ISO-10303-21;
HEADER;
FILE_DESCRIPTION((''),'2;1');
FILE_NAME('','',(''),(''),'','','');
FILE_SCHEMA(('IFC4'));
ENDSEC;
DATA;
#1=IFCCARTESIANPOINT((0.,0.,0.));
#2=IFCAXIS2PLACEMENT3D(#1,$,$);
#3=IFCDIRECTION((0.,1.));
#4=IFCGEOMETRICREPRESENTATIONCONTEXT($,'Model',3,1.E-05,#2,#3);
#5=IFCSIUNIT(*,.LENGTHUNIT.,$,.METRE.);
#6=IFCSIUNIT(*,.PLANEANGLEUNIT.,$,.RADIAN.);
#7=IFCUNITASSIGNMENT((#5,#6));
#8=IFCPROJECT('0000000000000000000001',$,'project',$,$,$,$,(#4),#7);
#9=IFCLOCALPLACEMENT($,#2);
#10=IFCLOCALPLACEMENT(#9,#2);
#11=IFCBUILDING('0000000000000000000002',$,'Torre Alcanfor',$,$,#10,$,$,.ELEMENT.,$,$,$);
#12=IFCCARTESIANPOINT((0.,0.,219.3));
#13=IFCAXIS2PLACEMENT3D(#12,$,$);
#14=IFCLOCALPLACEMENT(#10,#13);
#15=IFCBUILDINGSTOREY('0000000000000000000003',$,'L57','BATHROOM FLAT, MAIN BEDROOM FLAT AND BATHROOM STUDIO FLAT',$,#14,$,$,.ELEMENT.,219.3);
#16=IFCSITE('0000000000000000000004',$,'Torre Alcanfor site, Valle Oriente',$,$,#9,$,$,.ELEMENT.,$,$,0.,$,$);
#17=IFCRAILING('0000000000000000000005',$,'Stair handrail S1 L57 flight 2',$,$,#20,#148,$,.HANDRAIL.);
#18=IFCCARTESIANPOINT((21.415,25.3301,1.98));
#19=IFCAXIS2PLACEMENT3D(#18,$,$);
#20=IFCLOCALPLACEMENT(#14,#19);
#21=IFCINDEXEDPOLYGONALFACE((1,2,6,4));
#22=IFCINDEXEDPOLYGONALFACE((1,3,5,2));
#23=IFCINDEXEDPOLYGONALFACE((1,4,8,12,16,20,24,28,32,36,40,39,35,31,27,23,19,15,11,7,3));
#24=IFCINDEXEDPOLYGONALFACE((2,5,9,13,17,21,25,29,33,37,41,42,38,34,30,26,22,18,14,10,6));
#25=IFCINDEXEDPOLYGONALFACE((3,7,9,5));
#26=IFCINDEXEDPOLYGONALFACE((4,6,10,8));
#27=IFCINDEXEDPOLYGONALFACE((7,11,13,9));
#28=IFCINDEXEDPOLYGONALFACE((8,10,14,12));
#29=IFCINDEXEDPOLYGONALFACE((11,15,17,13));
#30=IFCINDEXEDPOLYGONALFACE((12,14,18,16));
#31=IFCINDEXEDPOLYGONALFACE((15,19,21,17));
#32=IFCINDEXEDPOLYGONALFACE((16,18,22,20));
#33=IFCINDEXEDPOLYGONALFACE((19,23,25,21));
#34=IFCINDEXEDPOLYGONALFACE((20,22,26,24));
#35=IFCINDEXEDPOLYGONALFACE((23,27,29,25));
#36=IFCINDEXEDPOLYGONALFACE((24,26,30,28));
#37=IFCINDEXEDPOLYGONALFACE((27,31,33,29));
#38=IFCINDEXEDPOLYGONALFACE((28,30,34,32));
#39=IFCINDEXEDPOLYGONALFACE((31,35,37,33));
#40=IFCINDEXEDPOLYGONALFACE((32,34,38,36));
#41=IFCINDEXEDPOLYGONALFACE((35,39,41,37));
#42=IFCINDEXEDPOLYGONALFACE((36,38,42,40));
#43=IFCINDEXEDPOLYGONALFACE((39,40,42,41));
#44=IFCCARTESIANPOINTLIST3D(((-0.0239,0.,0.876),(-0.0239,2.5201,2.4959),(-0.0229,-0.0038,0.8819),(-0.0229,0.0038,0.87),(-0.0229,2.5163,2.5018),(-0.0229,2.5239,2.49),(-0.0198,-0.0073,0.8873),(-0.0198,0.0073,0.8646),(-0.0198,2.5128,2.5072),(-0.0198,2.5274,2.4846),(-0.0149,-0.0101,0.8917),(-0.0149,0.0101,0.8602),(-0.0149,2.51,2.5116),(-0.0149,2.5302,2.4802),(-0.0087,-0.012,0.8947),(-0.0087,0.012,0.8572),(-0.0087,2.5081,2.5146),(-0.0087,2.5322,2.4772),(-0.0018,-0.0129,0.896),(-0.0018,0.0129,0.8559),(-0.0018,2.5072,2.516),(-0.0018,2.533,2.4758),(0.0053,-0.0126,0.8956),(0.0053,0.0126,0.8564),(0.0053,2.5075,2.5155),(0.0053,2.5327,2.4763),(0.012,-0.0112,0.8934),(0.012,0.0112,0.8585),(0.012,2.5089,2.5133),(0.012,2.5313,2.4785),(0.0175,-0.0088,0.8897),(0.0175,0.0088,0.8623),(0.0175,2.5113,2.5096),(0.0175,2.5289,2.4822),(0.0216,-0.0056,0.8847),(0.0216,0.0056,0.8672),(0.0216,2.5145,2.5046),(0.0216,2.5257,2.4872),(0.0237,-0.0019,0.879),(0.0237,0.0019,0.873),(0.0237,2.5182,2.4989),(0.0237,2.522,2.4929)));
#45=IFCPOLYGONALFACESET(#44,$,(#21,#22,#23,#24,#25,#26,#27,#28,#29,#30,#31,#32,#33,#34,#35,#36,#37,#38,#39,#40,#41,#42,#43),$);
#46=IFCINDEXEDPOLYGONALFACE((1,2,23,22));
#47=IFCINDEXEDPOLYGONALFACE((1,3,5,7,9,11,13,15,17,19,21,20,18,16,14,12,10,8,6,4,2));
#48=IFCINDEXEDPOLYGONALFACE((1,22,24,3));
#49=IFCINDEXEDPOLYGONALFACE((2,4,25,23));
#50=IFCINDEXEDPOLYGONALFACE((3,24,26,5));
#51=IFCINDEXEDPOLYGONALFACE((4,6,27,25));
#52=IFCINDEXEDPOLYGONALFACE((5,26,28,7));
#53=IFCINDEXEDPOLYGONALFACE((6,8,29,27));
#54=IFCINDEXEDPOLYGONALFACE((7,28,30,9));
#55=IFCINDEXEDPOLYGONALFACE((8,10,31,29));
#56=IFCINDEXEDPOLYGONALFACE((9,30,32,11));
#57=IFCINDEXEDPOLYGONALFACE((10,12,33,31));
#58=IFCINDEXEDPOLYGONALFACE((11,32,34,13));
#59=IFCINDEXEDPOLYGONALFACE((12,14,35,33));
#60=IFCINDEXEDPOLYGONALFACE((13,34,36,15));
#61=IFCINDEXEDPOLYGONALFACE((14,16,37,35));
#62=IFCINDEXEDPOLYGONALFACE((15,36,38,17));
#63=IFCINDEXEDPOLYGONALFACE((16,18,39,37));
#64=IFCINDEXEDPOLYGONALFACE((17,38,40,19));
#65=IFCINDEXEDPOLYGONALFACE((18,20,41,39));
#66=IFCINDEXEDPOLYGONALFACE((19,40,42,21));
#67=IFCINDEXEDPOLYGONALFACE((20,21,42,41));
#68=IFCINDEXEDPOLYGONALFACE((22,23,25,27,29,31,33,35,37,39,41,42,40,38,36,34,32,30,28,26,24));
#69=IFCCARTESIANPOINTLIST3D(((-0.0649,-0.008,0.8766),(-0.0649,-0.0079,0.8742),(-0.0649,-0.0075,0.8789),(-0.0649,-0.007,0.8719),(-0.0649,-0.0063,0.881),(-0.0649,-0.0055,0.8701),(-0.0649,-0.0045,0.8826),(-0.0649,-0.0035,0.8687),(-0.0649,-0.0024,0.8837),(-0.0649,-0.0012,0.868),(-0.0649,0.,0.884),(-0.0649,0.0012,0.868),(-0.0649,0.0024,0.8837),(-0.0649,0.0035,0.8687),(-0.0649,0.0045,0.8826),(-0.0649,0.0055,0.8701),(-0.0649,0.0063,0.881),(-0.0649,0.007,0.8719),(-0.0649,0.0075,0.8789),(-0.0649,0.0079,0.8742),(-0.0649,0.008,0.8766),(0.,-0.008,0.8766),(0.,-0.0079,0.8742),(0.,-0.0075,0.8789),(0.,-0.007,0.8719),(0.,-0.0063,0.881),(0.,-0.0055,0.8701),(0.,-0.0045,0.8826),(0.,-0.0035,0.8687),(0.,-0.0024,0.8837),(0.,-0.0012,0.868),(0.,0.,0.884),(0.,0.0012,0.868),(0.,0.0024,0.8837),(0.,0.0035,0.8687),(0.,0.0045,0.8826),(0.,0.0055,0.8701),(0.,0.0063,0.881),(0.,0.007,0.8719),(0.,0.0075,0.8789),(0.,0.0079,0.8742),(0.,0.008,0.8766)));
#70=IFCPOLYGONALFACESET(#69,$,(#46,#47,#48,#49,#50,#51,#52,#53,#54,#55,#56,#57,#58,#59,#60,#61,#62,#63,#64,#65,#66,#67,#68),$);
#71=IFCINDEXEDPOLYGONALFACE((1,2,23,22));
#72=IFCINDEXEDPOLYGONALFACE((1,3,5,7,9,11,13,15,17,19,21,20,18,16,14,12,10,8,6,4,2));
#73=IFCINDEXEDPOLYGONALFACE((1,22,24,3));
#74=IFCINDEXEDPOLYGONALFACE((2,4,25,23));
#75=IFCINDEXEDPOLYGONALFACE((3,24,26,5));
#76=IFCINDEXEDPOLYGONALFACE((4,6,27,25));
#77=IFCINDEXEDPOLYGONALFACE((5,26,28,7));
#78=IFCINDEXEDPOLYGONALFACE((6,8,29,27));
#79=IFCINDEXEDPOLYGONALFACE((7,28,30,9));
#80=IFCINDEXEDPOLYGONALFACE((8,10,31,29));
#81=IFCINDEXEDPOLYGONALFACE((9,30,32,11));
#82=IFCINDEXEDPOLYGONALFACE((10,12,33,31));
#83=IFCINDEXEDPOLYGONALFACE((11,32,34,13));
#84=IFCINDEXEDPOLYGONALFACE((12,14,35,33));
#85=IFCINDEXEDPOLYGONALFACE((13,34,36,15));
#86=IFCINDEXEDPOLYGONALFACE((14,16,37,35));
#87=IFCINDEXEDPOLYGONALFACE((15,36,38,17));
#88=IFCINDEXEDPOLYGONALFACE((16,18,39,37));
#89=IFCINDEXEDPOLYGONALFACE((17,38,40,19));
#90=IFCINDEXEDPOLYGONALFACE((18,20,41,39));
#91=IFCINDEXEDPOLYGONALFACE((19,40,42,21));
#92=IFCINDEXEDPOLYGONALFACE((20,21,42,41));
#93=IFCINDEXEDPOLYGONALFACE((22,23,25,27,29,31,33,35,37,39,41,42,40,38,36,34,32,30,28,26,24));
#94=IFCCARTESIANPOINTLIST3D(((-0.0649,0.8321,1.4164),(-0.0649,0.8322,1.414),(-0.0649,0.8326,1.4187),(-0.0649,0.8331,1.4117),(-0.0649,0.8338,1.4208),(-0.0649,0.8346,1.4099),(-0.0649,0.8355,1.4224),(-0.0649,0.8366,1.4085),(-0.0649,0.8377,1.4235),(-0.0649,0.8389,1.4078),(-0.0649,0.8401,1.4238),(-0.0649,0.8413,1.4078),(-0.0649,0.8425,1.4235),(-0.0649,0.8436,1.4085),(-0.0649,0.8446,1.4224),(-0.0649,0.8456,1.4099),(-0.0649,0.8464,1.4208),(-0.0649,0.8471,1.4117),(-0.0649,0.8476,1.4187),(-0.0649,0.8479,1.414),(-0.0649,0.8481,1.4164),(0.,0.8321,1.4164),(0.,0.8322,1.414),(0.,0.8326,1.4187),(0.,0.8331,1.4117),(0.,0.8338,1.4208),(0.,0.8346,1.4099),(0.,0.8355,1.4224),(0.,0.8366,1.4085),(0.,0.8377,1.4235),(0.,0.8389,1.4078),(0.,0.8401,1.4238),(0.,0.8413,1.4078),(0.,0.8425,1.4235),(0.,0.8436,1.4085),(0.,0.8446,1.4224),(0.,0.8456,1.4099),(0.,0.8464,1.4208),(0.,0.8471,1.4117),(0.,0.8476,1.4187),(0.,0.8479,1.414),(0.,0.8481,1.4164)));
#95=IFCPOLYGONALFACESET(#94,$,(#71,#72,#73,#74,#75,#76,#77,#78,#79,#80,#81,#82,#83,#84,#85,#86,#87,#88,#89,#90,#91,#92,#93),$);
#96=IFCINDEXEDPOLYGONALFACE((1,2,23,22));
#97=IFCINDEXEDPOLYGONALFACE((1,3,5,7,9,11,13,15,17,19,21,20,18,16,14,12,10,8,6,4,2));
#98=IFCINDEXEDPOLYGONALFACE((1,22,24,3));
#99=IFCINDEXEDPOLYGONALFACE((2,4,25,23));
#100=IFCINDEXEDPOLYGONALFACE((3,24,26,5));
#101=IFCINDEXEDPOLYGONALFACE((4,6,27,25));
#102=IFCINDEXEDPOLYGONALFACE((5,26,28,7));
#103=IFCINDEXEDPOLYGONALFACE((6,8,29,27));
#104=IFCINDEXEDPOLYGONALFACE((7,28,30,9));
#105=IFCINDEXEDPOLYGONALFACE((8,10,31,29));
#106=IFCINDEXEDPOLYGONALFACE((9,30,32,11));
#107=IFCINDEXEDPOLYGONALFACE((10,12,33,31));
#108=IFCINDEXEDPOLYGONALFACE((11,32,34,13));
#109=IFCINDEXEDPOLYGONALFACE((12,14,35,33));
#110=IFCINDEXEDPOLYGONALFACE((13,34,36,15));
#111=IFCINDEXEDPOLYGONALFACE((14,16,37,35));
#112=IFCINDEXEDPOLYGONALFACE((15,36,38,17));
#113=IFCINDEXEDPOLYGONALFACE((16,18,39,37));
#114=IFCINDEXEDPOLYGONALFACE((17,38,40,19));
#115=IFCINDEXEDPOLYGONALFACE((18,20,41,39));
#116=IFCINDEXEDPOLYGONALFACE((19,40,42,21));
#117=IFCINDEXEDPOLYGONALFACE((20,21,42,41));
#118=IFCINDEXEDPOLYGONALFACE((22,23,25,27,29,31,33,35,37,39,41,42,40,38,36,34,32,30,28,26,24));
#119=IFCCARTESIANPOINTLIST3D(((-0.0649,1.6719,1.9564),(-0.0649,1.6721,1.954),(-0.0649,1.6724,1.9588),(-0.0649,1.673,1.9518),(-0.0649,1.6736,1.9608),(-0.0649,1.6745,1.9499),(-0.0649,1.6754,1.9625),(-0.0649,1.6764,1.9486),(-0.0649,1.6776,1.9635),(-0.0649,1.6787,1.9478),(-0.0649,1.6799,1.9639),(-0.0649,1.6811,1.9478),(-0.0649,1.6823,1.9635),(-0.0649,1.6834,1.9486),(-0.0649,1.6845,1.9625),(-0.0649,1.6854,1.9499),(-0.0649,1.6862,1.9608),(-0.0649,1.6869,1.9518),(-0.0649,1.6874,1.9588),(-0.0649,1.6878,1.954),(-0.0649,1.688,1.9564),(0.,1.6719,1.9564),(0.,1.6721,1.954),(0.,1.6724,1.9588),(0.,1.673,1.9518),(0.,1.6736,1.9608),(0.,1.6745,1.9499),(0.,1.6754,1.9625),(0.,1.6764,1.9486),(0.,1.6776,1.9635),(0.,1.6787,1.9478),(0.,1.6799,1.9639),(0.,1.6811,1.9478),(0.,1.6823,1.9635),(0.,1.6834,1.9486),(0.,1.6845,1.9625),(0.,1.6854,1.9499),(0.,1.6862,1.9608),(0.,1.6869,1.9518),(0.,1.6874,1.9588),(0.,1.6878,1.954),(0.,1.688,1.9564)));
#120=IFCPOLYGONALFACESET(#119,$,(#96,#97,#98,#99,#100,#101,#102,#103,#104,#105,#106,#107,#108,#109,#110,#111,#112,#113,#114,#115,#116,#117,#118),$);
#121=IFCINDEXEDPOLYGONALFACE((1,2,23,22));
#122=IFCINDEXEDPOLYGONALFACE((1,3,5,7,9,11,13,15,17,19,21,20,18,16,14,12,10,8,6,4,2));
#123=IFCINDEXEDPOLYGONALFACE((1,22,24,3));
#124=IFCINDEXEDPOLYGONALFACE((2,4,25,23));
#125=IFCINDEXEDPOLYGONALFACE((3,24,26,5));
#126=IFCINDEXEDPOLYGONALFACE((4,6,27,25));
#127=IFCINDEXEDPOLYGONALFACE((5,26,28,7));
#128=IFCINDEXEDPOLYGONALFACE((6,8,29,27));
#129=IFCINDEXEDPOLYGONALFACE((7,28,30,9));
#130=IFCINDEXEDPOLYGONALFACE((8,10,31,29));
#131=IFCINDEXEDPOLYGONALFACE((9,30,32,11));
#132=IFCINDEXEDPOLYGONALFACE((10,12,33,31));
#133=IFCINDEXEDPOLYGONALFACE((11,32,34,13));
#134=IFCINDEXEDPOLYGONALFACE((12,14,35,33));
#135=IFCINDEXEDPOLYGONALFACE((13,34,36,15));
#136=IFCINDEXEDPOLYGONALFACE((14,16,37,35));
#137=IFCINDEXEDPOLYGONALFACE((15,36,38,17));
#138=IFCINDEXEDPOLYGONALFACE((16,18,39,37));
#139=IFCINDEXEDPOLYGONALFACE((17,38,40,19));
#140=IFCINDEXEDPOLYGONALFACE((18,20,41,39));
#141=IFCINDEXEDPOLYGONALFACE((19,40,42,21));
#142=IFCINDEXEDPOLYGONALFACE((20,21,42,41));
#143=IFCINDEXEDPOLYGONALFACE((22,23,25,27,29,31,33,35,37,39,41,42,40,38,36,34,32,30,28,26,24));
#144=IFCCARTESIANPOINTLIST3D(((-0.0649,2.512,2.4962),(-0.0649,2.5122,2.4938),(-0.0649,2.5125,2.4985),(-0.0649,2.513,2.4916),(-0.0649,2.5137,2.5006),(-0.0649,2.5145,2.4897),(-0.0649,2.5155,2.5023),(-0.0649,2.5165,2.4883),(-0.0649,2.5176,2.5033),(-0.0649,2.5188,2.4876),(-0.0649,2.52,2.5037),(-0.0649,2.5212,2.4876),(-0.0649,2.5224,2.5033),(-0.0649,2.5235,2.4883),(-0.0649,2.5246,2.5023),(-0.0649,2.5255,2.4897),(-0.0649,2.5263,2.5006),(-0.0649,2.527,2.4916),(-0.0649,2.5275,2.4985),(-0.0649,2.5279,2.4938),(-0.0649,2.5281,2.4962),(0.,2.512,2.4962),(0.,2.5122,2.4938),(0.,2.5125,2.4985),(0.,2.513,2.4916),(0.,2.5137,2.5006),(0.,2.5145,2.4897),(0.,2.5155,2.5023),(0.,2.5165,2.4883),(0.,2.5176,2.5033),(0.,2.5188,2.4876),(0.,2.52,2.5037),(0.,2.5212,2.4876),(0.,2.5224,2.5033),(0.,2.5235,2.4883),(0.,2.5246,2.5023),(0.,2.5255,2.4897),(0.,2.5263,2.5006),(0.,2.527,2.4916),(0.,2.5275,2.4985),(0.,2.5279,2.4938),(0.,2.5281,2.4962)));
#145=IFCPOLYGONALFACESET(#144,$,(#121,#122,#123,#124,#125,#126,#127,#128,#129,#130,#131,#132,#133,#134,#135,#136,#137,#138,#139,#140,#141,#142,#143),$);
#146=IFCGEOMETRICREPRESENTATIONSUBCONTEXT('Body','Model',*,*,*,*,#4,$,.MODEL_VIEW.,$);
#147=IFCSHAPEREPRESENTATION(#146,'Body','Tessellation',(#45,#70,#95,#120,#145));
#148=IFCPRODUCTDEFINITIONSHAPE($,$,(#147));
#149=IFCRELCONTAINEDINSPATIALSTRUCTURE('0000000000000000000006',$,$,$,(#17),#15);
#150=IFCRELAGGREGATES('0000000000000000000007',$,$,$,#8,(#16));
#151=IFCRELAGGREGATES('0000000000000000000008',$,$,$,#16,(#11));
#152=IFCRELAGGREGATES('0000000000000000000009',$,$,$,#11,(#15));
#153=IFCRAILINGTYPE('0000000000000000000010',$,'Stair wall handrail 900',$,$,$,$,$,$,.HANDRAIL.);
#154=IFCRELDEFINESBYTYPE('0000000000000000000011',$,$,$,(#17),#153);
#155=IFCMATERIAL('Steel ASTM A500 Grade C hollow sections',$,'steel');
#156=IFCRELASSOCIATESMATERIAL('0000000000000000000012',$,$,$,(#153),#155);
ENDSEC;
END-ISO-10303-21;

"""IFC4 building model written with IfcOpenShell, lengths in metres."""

from ifc_helpers import new_model, si_unit, direction, frame, origin, origin_2d, place, context, subcontext, project, spatial, circle, extrude, material, type_object, element, save


model = new_model("IFC4")

# Units and contexts
model_context = context("Model", 3, precision=1e-05, world=origin(), true_north=direction((0.0, 1.0)))
body_context = subcontext(model_context, "Body", "Model", "MODEL_VIEW")
ifc_project = project(units=[si_unit("LENGTHUNIT", "METRE"), si_unit("PLANEANGLEUNIT", "RADIAN")], contexts=[model_context])

# Site, building, storey
site_placement = place(None, origin())
site = spatial("IfcSite", under=ifc_project, at=site_placement, Name="Torre Alcanfor site, Valle Oriente", CompositionType="ELEMENT", RefElevation=0.0)
building_placement = place(site_placement, origin())
building = spatial("IfcBuilding", under=site, at=building_placement, Name="Torre Alcanfor", CompositionType="ELEMENT")
storey_placement = place(building_placement, frame((0.0, 0.0, 219.3)))
storey = spatial("IfcBuildingStorey", under=building, at=storey_placement, Name="L57", Description="BATHROOM FLAT, MAIN BEDROOM FLAT AND BATHROOM STUDIO FLAT", CompositionType="ELEMENT", Elevation=219.3)

# Railing
ifc_material_1 = material(Name="Steel ASTM A500 Grade C hollow sections", Category="steel")
railing_type_1 = type_object("IfcRailingType", Name="Stair wall handrail 900", PredefinedType="HANDRAIL", material=ifc_material_1)
railing_1_placement = place(storey_placement, frame((21.415, 25.3301, 1.98)))
element("IfcRailing", 1, at=railing_1_placement, inside=storey, type_object=railing_type_1, Name="Stair handrail S1 L57 flight 2", PredefinedType="HANDRAIL", context=body_context, shape_type="SweptSolid", body=[
    extrude(circle(Radius=0.0239, at=origin_2d()), frame((0.0, 0.0, 0.876), z_axis=(0.0, 0.8412, 0.540725), x_axis=(-1.0, 0.0, 0.0)), (0.0, 0.0, 1.0), 2.9958),
    extrude(circle(Radius=0.0081, at=origin_2d()), frame((0.0, 0.0, 0.876), z_axis=(-1.0, 0.0, 0.0), x_axis=(0.0, 0.0, 1.0)), (0.0, 0.0, 1.0), 0.0649),
    extrude(circle(Radius=0.0081, at=origin_2d()), frame((0.0, 0.8401, 1.4158), z_axis=(-1.0, 0.0, 0.0), x_axis=(0.0, 0.0, 1.0)), (0.0, 0.0, 1.0), 0.0649),
    extrude(circle(Radius=0.0081, at=origin_2d()), frame((0.0, 1.6799, 1.9558), z_axis=(-1.0, 0.0, 0.0), x_axis=(0.0, 0.0, 1.0)), (0.0, 0.0, 1.0), 0.0649),
    extrude(circle(Radius=0.0081, at=origin_2d()), frame((0.0, 2.52, 2.4956), z_axis=(-1.0, 0.0, 0.0), x_axis=(0.0, 0.0, 1.0)), (0.0, 0.0, 1.0), 0.0649),
])

save(model, "model.ifc")
